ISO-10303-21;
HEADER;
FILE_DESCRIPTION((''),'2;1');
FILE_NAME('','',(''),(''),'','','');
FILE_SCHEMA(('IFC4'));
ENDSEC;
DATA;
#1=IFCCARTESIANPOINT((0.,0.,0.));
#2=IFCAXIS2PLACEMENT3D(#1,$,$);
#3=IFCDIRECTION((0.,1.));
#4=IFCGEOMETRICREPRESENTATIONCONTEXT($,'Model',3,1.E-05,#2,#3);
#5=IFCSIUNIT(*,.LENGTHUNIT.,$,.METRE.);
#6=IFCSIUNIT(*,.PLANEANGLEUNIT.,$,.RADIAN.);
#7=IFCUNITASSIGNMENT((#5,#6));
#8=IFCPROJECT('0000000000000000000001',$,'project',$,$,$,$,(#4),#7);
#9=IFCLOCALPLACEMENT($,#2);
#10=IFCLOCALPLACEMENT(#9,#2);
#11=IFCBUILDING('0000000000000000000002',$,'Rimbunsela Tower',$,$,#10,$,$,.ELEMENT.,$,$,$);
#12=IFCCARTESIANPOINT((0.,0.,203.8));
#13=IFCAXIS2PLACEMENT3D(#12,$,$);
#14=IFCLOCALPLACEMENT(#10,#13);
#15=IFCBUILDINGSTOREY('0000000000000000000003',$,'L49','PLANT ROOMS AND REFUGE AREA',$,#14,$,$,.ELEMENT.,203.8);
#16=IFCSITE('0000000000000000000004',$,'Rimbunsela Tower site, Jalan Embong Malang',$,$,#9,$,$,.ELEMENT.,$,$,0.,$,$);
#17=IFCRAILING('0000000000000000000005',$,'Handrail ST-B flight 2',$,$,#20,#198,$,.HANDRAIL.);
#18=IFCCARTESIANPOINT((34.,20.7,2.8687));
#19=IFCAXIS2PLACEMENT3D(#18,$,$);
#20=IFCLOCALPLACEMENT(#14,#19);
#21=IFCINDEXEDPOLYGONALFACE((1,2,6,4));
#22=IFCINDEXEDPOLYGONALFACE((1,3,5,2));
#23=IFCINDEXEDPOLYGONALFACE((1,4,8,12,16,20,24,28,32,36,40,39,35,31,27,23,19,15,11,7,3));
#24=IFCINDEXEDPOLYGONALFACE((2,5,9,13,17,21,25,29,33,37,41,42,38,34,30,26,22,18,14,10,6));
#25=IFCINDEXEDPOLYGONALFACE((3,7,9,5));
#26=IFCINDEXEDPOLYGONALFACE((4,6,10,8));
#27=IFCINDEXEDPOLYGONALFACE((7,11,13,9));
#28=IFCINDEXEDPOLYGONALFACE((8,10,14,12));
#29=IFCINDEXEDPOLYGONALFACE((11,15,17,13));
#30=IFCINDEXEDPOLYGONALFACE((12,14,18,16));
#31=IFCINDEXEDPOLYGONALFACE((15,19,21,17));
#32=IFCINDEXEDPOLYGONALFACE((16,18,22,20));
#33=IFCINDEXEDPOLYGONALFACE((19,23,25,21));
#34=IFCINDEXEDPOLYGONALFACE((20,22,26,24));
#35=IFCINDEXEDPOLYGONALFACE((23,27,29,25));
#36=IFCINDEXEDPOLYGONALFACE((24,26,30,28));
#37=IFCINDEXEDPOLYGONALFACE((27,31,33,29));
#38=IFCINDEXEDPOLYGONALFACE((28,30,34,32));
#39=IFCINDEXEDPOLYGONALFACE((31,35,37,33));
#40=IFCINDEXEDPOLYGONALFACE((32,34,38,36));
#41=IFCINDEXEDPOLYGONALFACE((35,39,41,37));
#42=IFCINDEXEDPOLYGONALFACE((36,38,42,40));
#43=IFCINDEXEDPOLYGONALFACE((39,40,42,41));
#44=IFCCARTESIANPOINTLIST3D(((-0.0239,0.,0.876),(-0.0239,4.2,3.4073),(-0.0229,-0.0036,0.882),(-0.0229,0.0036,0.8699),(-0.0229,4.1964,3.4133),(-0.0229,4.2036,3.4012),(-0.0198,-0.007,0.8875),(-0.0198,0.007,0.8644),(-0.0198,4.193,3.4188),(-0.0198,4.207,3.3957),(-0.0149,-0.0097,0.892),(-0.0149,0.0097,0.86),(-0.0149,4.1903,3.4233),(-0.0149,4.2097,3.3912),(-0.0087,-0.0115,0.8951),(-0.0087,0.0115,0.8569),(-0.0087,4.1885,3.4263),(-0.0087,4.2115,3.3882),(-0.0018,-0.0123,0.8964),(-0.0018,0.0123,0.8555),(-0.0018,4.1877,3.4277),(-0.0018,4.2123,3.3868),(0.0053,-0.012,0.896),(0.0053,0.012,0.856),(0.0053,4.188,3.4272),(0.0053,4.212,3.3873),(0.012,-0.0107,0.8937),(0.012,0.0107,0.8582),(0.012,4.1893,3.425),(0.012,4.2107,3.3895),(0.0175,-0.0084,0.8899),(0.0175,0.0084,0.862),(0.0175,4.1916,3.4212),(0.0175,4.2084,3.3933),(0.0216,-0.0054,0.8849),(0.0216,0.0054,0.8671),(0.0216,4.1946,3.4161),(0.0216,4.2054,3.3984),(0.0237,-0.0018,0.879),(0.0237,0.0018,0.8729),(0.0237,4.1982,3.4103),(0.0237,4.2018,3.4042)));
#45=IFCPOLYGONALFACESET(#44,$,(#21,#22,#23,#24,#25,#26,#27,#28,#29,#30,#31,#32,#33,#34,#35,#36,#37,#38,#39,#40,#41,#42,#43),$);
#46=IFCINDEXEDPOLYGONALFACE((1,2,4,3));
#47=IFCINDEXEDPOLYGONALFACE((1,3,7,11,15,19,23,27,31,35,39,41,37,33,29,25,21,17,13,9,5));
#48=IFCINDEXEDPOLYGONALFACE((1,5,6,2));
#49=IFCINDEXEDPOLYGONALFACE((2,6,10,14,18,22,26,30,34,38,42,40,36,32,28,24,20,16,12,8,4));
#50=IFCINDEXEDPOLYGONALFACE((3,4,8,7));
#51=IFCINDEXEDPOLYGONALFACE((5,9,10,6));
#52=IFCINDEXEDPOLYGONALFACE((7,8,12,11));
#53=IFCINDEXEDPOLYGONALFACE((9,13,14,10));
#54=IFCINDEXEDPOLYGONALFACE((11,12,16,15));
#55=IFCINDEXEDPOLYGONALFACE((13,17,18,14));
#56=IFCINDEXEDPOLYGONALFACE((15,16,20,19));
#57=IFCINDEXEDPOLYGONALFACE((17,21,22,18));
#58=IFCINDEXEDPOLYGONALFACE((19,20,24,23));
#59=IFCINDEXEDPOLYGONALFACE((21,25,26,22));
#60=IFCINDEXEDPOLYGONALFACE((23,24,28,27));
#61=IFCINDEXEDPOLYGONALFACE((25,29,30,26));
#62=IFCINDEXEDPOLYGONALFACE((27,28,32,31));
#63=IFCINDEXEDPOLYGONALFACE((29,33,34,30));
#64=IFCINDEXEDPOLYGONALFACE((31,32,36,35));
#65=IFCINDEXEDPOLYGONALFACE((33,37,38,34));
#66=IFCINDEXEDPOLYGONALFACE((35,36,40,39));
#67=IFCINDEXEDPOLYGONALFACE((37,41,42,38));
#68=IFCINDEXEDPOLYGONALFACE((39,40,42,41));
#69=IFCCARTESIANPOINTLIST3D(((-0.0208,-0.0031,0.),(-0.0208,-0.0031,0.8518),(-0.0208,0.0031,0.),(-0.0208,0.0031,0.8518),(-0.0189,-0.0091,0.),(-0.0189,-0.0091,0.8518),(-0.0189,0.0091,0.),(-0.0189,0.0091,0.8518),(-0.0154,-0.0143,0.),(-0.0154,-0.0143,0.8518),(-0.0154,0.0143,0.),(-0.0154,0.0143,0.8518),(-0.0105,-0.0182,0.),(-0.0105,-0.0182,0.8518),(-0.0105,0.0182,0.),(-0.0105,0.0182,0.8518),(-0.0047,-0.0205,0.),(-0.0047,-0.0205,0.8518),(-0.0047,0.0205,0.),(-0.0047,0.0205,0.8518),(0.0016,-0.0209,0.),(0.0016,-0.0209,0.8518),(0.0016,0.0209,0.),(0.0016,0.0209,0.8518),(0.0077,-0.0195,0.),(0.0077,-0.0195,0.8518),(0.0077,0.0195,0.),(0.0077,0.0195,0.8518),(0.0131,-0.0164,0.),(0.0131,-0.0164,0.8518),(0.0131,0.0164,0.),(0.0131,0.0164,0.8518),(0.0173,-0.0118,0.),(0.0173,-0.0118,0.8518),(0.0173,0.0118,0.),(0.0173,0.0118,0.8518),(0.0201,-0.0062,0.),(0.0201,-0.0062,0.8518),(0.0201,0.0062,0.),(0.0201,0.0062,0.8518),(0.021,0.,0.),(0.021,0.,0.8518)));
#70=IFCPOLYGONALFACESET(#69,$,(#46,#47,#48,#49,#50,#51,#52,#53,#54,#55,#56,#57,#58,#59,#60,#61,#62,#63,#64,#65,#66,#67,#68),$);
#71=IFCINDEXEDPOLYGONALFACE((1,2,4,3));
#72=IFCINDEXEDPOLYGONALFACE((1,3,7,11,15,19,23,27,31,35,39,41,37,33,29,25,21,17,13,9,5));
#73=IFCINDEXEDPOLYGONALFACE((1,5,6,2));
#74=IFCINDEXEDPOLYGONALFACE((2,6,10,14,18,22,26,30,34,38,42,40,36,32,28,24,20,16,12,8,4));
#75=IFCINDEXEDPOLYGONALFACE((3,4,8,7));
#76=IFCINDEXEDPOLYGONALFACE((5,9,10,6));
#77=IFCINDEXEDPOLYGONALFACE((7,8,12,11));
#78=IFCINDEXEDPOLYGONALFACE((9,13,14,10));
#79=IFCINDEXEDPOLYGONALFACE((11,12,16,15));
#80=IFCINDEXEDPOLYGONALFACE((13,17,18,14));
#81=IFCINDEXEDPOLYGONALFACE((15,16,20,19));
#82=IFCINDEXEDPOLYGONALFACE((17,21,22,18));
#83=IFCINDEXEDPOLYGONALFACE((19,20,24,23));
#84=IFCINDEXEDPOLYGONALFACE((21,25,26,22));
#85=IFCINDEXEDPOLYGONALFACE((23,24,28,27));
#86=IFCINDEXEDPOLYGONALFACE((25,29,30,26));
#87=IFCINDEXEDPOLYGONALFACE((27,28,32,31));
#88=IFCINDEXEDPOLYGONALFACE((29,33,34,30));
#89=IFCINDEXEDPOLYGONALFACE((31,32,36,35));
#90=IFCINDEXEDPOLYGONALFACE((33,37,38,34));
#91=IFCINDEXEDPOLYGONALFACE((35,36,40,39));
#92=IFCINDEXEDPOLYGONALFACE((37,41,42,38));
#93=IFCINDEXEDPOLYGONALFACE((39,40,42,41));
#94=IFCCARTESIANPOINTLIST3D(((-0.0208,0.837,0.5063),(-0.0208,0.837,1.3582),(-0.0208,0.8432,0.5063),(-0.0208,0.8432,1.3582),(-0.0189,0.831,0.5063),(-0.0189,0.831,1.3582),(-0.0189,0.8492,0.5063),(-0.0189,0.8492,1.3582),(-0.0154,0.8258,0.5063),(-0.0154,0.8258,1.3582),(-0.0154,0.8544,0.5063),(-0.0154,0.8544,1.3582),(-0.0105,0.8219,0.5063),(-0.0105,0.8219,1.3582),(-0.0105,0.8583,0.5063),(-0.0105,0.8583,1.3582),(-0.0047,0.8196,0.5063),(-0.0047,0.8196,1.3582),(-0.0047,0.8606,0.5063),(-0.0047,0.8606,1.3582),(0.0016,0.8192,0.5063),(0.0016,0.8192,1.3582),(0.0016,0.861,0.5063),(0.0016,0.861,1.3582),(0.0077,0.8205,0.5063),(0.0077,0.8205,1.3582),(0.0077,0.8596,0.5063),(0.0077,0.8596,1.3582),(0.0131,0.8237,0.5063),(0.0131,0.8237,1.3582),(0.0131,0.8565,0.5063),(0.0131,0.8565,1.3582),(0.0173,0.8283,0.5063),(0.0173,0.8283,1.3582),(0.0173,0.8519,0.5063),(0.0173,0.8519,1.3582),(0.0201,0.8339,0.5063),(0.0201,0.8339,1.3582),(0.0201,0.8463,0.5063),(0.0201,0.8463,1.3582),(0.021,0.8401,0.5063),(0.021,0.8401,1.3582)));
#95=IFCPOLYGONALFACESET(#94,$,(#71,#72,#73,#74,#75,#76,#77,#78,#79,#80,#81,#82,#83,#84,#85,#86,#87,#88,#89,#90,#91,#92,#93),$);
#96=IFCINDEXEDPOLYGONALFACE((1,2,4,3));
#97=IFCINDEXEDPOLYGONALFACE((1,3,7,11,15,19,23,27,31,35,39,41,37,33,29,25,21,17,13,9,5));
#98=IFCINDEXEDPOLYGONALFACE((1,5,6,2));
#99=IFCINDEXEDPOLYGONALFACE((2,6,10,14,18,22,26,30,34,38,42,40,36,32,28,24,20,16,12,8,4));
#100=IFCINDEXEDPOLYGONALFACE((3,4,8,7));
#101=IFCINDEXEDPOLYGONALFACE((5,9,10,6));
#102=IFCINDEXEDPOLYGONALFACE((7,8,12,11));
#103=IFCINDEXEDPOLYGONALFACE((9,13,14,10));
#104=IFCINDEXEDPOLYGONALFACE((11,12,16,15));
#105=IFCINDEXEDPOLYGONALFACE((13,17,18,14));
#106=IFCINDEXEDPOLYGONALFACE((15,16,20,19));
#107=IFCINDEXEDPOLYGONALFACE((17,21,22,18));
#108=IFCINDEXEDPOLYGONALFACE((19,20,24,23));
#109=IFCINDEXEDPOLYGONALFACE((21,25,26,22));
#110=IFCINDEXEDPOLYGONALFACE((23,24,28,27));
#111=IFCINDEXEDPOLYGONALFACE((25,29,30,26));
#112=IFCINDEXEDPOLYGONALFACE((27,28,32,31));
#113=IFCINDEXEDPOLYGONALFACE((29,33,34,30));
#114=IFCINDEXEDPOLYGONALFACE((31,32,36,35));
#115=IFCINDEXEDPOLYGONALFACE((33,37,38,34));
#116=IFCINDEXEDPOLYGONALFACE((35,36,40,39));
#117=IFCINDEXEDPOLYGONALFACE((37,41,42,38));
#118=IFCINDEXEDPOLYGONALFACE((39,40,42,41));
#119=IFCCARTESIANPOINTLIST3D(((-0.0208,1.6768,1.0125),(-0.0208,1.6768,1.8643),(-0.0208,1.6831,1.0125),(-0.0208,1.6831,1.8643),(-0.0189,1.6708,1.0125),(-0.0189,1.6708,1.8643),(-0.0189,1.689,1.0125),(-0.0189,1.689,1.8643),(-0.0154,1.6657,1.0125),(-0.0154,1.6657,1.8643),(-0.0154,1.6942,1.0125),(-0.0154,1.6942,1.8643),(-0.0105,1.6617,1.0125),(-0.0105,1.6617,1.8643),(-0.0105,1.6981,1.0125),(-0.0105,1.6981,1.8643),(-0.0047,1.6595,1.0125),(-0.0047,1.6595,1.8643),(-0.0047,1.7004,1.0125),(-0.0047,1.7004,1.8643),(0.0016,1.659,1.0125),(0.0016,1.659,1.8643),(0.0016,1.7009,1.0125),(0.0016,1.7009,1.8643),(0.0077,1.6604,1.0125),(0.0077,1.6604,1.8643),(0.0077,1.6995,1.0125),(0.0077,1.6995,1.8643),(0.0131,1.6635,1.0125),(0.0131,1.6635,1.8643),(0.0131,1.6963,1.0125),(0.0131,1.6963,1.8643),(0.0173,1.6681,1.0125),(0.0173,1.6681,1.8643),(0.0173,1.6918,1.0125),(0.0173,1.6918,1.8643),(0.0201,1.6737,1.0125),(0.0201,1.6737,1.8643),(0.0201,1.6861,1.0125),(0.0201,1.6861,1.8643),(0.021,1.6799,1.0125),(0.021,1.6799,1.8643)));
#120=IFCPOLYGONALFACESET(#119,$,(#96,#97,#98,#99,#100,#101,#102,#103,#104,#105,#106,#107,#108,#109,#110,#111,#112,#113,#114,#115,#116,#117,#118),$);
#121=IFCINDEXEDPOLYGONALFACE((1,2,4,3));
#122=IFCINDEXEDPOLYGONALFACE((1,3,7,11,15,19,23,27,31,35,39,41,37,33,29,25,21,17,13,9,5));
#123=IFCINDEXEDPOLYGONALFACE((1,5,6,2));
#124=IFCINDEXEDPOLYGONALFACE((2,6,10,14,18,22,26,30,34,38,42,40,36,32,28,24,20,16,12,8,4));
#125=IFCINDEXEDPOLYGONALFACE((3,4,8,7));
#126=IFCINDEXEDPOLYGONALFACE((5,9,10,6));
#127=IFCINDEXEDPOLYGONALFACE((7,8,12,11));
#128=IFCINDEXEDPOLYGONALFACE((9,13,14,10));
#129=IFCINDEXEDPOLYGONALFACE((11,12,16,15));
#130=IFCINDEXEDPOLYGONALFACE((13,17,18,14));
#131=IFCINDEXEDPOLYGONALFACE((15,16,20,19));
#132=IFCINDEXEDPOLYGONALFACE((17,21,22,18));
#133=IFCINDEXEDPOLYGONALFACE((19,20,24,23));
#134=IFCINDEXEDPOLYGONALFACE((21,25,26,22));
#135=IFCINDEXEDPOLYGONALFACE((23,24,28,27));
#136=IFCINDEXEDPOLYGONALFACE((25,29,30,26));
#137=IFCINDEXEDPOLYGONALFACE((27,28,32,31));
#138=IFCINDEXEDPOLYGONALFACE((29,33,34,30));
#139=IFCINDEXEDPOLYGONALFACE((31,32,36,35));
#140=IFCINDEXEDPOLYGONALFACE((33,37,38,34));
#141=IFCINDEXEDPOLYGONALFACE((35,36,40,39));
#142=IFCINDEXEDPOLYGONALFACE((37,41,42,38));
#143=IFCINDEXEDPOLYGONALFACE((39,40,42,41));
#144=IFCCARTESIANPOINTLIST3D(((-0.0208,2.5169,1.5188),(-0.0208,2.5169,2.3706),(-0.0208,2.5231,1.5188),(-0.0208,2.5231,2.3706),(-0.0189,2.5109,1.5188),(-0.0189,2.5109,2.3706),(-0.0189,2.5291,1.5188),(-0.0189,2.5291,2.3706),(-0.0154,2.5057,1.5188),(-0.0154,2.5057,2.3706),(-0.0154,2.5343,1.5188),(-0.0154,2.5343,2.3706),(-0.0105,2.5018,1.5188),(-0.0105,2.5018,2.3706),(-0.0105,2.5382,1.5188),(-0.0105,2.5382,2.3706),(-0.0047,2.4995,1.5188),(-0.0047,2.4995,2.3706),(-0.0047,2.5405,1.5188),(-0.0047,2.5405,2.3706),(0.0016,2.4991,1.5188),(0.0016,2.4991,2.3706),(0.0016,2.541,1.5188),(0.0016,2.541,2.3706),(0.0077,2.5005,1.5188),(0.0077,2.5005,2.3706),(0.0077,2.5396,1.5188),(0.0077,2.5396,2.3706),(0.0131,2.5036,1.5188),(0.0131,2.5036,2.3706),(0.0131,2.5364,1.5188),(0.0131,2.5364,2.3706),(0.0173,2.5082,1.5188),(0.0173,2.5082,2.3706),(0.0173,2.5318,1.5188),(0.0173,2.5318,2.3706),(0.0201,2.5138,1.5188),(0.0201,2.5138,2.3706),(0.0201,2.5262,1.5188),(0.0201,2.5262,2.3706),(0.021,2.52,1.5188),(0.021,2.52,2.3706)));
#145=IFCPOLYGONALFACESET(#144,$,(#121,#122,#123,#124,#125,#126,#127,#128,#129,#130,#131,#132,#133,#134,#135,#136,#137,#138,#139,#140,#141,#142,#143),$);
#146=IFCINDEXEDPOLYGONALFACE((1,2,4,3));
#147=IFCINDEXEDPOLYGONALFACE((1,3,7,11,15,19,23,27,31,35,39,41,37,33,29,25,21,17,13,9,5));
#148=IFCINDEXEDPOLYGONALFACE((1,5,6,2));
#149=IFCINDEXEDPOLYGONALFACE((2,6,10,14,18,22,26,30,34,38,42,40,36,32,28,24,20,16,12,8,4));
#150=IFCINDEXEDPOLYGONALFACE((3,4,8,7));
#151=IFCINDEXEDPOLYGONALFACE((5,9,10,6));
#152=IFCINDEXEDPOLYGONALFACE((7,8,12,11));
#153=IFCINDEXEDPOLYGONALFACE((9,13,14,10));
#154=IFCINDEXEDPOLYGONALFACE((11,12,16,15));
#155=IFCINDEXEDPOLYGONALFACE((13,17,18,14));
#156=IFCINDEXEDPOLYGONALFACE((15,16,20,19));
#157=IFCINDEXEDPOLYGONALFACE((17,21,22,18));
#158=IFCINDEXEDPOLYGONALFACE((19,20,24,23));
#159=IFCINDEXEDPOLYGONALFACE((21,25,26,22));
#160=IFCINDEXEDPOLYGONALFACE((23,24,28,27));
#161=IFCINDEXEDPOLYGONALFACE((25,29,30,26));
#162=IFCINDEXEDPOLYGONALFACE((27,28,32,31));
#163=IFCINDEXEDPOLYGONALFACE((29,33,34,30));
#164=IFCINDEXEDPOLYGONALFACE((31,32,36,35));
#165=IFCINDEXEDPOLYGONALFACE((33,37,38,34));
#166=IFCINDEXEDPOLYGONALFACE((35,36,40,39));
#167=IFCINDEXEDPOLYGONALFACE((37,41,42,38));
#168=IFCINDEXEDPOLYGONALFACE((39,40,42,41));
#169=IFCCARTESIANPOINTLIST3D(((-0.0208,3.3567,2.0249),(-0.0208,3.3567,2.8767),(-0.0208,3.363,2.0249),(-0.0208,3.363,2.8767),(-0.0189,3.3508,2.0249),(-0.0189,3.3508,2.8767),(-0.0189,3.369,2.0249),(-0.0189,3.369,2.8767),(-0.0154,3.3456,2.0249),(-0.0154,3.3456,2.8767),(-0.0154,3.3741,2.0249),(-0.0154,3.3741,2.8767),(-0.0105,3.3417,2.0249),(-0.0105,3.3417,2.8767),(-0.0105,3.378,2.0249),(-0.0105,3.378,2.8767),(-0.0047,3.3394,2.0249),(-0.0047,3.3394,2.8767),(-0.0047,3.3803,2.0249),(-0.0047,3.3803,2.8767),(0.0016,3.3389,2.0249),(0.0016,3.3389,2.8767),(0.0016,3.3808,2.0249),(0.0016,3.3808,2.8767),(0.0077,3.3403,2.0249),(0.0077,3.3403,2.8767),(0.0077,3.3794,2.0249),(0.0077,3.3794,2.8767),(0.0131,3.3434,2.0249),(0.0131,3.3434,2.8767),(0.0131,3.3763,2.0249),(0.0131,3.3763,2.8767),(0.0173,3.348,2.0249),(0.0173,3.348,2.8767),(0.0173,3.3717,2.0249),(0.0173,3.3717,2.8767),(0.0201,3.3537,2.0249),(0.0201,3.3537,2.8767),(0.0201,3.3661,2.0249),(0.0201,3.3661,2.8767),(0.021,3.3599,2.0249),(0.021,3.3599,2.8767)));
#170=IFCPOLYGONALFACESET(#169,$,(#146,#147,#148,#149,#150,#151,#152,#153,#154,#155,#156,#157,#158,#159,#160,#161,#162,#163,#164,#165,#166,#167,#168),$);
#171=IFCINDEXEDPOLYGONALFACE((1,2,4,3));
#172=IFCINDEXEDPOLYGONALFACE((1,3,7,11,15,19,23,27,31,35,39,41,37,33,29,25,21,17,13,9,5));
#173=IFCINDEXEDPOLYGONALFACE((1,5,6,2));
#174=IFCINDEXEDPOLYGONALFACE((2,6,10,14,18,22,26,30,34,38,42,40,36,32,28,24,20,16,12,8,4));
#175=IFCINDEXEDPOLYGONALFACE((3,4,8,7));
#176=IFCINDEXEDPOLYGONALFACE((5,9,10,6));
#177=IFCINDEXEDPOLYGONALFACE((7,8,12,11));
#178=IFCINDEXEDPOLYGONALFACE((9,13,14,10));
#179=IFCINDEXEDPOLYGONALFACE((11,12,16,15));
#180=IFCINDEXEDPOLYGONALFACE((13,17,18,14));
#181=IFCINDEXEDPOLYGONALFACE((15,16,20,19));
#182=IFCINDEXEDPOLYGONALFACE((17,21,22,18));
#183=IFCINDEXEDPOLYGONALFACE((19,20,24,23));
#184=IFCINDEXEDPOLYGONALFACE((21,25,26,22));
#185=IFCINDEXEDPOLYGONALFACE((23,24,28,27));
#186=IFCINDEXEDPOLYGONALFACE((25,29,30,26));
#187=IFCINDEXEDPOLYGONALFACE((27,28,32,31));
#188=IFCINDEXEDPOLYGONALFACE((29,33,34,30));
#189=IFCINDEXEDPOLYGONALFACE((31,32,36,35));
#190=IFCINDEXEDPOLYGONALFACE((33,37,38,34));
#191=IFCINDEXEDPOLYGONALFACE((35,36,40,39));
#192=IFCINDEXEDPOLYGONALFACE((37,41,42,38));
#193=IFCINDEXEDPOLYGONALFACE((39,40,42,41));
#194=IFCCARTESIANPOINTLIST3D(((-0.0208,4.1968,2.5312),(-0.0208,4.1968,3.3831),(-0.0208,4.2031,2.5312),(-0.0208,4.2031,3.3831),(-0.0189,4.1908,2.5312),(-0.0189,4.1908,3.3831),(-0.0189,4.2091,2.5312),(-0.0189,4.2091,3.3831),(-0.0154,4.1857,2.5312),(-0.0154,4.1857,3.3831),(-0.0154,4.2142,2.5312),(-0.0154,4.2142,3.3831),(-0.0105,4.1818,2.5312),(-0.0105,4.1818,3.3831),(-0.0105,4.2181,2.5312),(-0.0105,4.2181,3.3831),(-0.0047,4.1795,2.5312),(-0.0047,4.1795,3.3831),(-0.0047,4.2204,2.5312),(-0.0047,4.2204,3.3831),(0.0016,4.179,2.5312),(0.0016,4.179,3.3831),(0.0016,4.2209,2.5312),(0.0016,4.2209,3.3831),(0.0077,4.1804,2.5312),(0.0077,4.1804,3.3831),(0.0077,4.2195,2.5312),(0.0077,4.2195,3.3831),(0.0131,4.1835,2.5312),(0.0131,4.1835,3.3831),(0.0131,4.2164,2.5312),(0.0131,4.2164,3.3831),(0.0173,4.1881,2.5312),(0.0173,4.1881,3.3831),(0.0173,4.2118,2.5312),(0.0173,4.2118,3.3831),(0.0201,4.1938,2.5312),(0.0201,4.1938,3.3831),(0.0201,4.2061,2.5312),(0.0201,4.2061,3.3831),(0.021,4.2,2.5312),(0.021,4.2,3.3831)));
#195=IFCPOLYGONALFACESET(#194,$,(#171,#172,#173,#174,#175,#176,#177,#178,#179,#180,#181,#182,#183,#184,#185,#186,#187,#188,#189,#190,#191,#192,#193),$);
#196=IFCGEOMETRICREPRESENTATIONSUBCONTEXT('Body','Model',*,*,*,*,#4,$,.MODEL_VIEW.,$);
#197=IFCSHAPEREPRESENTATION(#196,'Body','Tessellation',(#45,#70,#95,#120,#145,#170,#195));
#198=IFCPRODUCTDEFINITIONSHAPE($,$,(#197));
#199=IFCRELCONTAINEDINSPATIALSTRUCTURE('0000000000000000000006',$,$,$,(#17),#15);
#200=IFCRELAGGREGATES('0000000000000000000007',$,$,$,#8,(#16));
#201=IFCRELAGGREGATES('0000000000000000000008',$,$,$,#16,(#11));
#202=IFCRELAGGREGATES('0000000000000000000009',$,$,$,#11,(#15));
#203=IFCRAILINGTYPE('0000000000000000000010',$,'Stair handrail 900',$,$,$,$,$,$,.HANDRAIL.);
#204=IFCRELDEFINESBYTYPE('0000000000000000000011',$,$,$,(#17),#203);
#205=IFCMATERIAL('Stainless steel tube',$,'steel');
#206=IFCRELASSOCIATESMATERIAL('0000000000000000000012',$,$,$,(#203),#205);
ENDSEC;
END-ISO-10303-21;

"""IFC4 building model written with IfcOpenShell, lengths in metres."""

from ifc_helpers import new_model, si_unit, direction, frame, origin, origin_2d, place, context, subcontext, project, spatial, circle, extrude, material, type_object, element, save


model = new_model("IFC4")

# Units and contexts
model_context = context("Model", 3, precision=1e-05, world=origin(), true_north=direction((0.0, 1.0)))
body_context = subcontext(model_context, "Body", "Model", "MODEL_VIEW")
ifc_project = project(units=[si_unit("LENGTHUNIT", "METRE"), si_unit("PLANEANGLEUNIT", "RADIAN")], contexts=[model_context])

# Site, building, storey
site_placement = place(None, origin())
site = spatial("IfcSite", under=ifc_project, at=site_placement, Name="Rimbunsela Tower site, Jalan Embong Malang", CompositionType="ELEMENT", RefElevation=0.0)
building_placement = place(site_placement, origin())
building = spatial("IfcBuilding", under=site, at=building_placement, Name="Rimbunsela Tower", CompositionType="ELEMENT")
storey_placement = place(building_placement, frame((0.0, 0.0, 203.8)))
storey = spatial("IfcBuildingStorey", under=building, at=storey_placement, Name="L49", Description="PLANT ROOMS AND REFUGE AREA", CompositionType="ELEMENT", Elevation=203.8)

# Railing
ifc_material_1 = material(Name="Stainless steel tube", Category="steel")
railing_type = type_object("IfcRailingType", Name="Stair handrail 900", PredefinedType="HANDRAIL", material=ifc_material_1)
railing_1_placement = place(storey_placement, frame((34.0, 20.7, 2.8687)))
element("IfcRailing", 1, at=railing_1_placement, inside=storey, type_object=railing_type, Name="Handrail ST-B flight 2", PredefinedType="HANDRAIL", context=body_context, shape_type="SweptSolid", body=[
    extrude(circle(Radius=0.0239, at=origin_2d()), frame((0.0, 0.0, 0.876), z_axis=(0.0, 0.856476, 0.516186), x_axis=(-1.0, 0.0, 0.0)), (0.0, 0.0, 1.0), 4.9038),
    extrude(circle(Radius=0.021, at=origin_2d()), origin(), (0.0, 0.0, 1.0), 0.8518),
    extrude(circle(Radius=0.021, at=origin_2d()), frame((0.0, 0.8401, 0.5063)), (0.0, 0.0, 1.0), 0.8518),
    extrude(circle(Radius=0.021, at=origin_2d()), frame((0.0, 1.6799, 1.0125)), (0.0, 0.0, 1.0), 0.8518),
    extrude(circle(Radius=0.021, at=origin_2d()), frame((0.0, 2.52, 1.5188)), (0.0, 0.0, 1.0), 0.8518),
    extrude(circle(Radius=0.021, at=origin_2d()), frame((0.0, 3.3599, 2.0249)), (0.0, 0.0, 1.0), 0.8518),
    extrude(circle(Radius=0.021, at=origin_2d()), frame((0.0, 4.2, 2.5312)), (0.0, 0.0, 1.0), 0.8518),
])

save(model, "model.ifc")
